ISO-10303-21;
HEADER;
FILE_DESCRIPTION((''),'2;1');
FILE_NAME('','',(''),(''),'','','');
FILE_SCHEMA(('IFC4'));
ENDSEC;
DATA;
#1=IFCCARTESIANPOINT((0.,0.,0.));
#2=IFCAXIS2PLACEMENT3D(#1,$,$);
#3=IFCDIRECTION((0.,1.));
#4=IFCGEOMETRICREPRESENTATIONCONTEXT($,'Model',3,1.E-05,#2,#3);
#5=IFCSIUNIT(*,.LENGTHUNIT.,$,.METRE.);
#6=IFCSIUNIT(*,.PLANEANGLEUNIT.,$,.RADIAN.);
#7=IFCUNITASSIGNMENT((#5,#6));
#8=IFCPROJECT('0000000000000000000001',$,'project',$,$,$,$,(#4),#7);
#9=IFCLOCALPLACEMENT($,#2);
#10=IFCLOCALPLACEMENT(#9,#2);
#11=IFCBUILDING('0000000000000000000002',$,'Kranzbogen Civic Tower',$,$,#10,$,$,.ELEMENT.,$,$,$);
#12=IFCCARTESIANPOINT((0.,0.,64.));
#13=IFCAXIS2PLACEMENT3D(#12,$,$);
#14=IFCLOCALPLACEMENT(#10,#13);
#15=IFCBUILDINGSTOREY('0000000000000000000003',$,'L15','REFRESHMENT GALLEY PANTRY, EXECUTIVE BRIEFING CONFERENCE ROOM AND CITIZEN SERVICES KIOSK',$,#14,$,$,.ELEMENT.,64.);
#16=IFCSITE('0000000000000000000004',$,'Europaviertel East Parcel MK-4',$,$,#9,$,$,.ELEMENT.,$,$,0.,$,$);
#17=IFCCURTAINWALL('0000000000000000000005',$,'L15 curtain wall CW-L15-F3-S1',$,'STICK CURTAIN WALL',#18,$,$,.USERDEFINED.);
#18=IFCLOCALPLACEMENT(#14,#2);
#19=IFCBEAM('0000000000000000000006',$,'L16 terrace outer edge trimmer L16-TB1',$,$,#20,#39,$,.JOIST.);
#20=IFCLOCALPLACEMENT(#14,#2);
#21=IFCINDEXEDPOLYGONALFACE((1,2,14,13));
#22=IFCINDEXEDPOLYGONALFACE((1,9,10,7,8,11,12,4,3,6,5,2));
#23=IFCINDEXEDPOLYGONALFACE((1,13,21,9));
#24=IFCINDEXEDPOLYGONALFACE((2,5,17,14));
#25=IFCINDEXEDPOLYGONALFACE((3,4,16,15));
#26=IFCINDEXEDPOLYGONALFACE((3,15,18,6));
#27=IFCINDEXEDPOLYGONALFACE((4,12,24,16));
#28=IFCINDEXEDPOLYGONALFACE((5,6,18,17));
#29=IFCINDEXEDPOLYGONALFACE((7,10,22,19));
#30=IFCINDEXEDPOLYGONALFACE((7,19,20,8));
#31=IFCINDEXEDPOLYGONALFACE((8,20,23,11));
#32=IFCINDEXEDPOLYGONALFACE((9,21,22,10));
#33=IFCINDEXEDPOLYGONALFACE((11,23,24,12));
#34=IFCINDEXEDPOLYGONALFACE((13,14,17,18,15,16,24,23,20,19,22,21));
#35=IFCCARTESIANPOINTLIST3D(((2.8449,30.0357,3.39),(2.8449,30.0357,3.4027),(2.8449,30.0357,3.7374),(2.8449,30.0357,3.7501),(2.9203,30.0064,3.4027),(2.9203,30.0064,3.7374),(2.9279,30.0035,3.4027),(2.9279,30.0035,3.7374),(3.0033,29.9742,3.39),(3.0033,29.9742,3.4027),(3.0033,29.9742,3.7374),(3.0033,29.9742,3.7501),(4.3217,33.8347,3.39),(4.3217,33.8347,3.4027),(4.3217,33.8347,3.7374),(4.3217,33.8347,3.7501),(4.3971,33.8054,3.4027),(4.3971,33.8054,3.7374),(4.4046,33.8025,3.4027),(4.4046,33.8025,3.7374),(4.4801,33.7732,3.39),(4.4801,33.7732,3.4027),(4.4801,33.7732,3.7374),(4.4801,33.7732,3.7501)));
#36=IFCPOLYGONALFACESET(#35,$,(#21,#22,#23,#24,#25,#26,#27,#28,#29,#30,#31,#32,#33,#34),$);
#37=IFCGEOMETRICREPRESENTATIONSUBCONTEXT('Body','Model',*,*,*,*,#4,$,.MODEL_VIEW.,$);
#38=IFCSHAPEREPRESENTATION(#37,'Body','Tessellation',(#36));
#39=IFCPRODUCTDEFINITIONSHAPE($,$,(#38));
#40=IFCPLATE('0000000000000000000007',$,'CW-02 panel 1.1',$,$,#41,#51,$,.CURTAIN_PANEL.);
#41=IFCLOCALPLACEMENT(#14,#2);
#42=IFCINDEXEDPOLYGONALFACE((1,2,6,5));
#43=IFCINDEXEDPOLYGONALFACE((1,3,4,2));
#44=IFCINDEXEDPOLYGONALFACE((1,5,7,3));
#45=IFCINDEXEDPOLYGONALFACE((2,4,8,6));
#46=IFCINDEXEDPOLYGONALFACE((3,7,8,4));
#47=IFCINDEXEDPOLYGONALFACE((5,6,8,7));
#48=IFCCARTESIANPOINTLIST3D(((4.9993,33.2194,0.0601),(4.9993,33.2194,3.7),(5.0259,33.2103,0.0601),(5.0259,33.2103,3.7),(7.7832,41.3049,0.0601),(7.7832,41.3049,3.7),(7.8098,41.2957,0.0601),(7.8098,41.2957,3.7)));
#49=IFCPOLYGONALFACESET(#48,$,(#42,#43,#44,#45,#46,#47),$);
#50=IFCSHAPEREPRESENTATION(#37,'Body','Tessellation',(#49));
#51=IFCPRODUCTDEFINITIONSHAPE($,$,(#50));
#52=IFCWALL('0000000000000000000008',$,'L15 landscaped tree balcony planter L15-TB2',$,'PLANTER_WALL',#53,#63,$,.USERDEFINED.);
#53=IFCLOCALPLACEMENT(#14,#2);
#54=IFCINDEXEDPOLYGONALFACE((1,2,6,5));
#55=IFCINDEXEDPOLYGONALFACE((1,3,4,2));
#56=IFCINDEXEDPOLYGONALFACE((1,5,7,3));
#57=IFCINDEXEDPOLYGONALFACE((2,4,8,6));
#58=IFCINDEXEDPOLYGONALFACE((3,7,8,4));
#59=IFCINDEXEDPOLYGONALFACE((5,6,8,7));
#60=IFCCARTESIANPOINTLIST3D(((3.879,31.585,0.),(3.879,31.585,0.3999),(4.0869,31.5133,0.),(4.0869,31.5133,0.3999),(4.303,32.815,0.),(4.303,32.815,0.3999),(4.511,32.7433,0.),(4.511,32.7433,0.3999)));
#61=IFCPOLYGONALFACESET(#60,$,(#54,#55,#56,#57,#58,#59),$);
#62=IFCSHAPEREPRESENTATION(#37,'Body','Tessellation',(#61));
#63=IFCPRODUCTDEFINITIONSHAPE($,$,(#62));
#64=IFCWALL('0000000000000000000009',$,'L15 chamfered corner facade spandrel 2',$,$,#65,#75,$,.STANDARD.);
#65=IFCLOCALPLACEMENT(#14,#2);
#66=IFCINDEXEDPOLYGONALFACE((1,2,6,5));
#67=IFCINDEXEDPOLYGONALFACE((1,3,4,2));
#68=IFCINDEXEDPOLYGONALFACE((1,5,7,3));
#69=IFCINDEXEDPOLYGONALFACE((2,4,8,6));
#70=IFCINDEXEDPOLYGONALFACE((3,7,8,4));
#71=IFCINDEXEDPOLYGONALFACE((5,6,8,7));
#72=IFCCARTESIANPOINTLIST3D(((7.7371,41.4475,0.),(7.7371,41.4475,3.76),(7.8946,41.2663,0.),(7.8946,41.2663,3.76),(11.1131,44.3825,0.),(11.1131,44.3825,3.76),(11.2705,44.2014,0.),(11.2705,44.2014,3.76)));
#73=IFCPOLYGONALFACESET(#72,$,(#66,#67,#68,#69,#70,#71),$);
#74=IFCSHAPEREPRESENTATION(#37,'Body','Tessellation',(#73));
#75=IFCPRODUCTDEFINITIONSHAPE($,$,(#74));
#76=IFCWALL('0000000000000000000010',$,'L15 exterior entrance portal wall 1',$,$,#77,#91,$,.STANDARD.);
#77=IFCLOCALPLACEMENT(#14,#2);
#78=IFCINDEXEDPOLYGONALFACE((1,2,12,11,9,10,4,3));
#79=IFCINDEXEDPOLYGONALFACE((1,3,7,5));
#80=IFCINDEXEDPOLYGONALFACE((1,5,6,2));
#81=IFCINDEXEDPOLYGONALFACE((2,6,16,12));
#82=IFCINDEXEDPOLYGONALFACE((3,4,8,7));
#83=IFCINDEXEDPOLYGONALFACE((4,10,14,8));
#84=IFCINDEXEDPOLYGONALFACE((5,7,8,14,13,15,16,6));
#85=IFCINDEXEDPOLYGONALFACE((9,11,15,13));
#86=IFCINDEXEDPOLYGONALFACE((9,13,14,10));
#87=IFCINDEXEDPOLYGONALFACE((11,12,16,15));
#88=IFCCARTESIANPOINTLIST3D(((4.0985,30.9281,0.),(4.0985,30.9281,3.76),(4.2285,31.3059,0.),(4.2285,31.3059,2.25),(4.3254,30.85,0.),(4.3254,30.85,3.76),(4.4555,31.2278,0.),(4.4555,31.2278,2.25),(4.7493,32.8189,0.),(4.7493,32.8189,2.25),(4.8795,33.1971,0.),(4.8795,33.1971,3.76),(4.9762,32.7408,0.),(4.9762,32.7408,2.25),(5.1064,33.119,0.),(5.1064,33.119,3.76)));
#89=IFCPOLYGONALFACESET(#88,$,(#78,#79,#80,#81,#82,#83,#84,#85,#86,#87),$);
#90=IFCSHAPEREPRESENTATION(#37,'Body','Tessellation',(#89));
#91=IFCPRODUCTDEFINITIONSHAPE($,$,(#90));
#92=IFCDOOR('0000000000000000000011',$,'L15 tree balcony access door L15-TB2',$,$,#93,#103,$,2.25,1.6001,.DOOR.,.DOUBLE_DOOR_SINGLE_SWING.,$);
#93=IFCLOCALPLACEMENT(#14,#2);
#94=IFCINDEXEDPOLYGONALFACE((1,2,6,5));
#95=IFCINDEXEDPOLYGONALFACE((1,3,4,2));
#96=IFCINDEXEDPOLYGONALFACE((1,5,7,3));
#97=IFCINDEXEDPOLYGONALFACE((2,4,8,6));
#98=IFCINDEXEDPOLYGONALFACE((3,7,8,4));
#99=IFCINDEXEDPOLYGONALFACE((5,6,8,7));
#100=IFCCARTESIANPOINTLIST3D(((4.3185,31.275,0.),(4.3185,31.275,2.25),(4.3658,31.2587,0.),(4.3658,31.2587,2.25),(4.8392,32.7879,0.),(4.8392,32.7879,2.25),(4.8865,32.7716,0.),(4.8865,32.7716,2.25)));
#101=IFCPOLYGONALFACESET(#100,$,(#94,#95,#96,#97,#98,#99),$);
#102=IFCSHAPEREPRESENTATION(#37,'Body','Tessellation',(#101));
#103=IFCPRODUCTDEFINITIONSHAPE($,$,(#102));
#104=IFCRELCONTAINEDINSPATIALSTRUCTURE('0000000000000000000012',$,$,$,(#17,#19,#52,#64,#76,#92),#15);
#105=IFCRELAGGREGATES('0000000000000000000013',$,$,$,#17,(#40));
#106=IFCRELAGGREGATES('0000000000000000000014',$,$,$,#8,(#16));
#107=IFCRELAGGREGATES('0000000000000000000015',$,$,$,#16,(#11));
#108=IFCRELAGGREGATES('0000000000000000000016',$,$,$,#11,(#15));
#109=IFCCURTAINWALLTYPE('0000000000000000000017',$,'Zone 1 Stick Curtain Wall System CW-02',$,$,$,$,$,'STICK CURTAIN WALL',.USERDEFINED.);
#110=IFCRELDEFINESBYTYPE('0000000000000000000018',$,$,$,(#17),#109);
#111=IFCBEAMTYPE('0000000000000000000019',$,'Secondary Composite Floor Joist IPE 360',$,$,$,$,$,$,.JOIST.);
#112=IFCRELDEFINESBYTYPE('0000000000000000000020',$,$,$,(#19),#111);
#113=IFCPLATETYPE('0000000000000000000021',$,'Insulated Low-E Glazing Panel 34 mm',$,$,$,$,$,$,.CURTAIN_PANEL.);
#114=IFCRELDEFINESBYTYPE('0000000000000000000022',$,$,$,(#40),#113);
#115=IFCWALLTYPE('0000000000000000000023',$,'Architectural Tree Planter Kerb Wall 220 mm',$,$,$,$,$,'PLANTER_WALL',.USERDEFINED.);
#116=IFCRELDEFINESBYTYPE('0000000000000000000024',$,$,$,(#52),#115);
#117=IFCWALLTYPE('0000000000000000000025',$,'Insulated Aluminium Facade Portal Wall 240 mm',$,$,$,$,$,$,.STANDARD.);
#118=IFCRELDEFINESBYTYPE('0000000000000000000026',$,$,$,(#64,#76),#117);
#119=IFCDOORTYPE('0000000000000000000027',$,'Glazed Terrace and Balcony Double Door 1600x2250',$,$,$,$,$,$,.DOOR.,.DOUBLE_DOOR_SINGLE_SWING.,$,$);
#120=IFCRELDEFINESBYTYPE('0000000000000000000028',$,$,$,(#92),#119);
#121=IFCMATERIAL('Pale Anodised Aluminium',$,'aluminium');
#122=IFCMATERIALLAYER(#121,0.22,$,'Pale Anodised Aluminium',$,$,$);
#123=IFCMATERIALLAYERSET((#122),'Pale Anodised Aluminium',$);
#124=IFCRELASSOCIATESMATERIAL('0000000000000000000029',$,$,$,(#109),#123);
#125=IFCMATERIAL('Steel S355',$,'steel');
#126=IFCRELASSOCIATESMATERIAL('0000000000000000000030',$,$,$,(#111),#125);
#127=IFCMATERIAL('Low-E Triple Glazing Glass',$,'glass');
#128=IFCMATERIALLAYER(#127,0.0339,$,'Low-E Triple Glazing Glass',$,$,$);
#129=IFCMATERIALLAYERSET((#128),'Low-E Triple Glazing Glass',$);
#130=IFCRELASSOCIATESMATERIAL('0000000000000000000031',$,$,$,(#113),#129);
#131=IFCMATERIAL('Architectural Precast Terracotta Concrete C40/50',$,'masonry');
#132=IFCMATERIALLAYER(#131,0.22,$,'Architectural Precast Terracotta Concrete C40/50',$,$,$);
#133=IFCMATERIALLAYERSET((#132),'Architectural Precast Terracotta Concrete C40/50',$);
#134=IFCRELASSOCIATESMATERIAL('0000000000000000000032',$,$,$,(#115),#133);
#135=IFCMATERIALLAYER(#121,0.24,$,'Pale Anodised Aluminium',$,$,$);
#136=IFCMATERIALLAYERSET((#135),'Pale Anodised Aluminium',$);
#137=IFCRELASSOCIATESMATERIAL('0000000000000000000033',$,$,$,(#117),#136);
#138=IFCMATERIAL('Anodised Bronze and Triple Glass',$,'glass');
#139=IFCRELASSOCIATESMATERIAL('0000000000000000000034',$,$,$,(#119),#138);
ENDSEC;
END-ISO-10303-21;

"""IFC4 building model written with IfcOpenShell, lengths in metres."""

from ifc_helpers import new_model, si_unit, direction, frame, frame_2d, origin, origin_2d, place, context, subcontext, project, spatial, rectangle, i_section, extrude, material, layer, layer_set, material_profile, profile_set, type_object, element, fill, aggregate, save


model = new_model("IFC4")

# Units and contexts
model_context = context("Model", 3, precision=1e-05, world=origin(), true_north=direction((0.0, 1.0)))
body_context = subcontext(model_context, "Body", "Model", "MODEL_VIEW")
ifc_project = project(units=[si_unit("LENGTHUNIT", "METRE"), si_unit("PLANEANGLEUNIT", "RADIAN")], contexts=[model_context])

# Site, building, storey
site_placement = place(None, origin())
site = spatial("IfcSite", under=ifc_project, at=site_placement, Name="Europaviertel East Parcel MK-4", CompositionType="ELEMENT", RefElevation=0.0)
building_placement = place(site_placement, origin())
building = spatial("IfcBuilding", under=site, at=building_placement, Name="Kranzbogen Civic Tower", CompositionType="ELEMENT")
storey_placement = place(building_placement, frame((0.0, 0.0, 64.0)))
storey = spatial("IfcBuildingStorey", under=building, at=storey_placement, Name="L15", Description="REFRESHMENT GALLEY PANTRY, EXECUTIVE BRIEFING CONFERENCE ROOM AND CITIZEN SERVICES KIOSK", CompositionType="ELEMENT", Elevation=64.0)

# Shared definitions
ifc_material_1 = material(Name="Steel S355", Category="steel")

# Curtain wall
ifc_material_2 = material(Name="Pale Anodised Aluminium", Category="aluminium")
ifc_layer_1 = layer(ifc_material_2, 0.22, Name="Pale Anodised Aluminium")
ifc_layer_set_1 = layer_set([ifc_layer_1], Name="Pale Anodised Aluminium")
curtain_wall_type = type_object("IfcCurtainWallType", Name="Zone 1 Stick Curtain Wall System CW-02", ElementType="STICK CURTAIN WALL", PredefinedType="USERDEFINED", material=ifc_layer_set_1)
curtain_wall_1_placement = place(storey_placement, origin())
curtain_wall_1 = element("IfcCurtainWall", 1, at=curtain_wall_1_placement, inside=storey, type_object=curtain_wall_type, Name="L15 curtain wall CW-L15-F3-S1", ObjectType="STICK CURTAIN WALL", PredefinedType="USERDEFINED")

# Beam
ifc_material_profile_1 = material_profile(ifc_material_1, i_section(OverallWidth=0.1699, OverallDepth=0.3601, WebThickness=0.0081, FlangeThickness=0.0127, at=origin_2d()), Name="IPE 360")
ifc_profile_set_1 = profile_set([ifc_material_profile_1], Name="Steel S355")
beam_type_1 = type_object("IfcBeamType", Name="Secondary Composite Floor Joist IPE 360", PredefinedType="JOIST", material=ifc_profile_set_1)
beam_1_placement = place(storey_placement, frame((4.4009, 33.804, 3.5701), z_axis=(-0.362316, -0.932055, 0.0), x_axis=(0.932055, -0.362316, 0.0)))
element("IfcBeam", 2, at=beam_1_placement, inside=storey, type_object=beam_type_1, Name="L16 terrace outer edge trimmer L16-TB1", PredefinedType="JOIST", context=body_context, shape_type="SweptSolid", body=[
    extrude(i_section(OverallWidth=0.1699, OverallDepth=0.3601, WebThickness=0.0081, FlangeThickness=0.0127, at=origin_2d()), origin(), (0.0, 0.0, 1.0), 4.0759),
])

# Plate
ifc_material_3 = material(Name="Low-E Triple Glazing Glass", Category="glass")
ifc_layer_2 = layer(ifc_material_3, 0.0339, Name="Low-E Triple Glazing Glass")
ifc_layer_set_2 = layer_set([ifc_layer_2], Name="Low-E Triple Glazing Glass")
plate_type = type_object("IfcPlateType", Name="Insulated Low-E Glazing Panel 34 mm", PredefinedType="CURTAIN_PANEL", material=ifc_layer_set_2)
plate_placement = place(storey_placement, frame((6.4045, 37.2576, 0.0601), z_axis=(0.0, 0.0, 1.0), x_axis=(-0.325554, -0.945524, 0.0)))
plate = element("IfcPlate", 3, at=plate_placement, type_object=plate_type, Name="CW-02 panel 1.1", PredefinedType="CURTAIN_PANEL", context=body_context, shape_type="SweptSolid", body=[
    extrude(rectangle(XDim=8.5513, YDim=0.0281, at=origin_2d()), origin(), (0.0, 0.0, 1.0), 3.6399),
])
aggregate(curtain_wall_1, [plate])

# Walls
ifc_material_4 = material(Name="Architectural Precast Terracotta Concrete C40/50", Category="masonry")
ifc_layer_3 = layer(ifc_material_4, 0.22, Name="Architectural Precast Terracotta Concrete C40/50")
ifc_layer_set_3 = layer_set([ifc_layer_3], Name="Architectural Precast Terracotta Concrete C40/50")
wall_type_1 = type_object("IfcWallType", Name="Architectural Tree Planter Kerb Wall 220 mm", ElementType="PLANTER_WALL", PredefinedType="USERDEFINED", material=ifc_layer_set_3)
wall_1_placement = place(storey_placement, frame((4.407, 32.7791, 0.0), z_axis=(0.0, 0.0, 1.0), x_axis=(-0.32595, -0.945387, 0.0)))
element("IfcWall", 4, at=wall_1_placement, inside=storey, type_object=wall_type_1, Name="L15 landscaped tree balcony planter L15-TB2", ObjectType="PLANTER_WALL", PredefinedType="USERDEFINED", context=body_context, shape_type="SweptSolid", body=[
    extrude(rectangle(XDim=1.301, YDim=0.22, at=frame_2d((0.6504, 0.0))), origin(), (0.0, 0.0, 1.0), 0.3999),
])
ifc_layer_4 = layer(ifc_material_2, 0.24, Name="Pale Anodised Aluminium")
ifc_layer_set_4 = layer_set([ifc_layer_4], Name="Pale Anodised Aluminium")
wall_type_2 = type_object("IfcWallType", Name="Insulated Aluminium Facade Portal Wall 240 mm", PredefinedType="STANDARD", material=ifc_layer_set_4)
wall_2_placement = place(storey_placement, frame((11.1919, 44.292, 0.0), z_axis=(0.0, 0.0, 1.0), x_axis=(-0.754669, -0.656106, 0.0)))
element("IfcWall", 5, at=wall_2_placement, inside=storey, type_object=wall_type_2, Name="L15 chamfered corner facade spandrel 2", PredefinedType="STANDARD", context=body_context, shape_type="SweptSolid", body=[
    extrude(rectangle(XDim=4.4734, YDim=0.24, at=frame_2d((2.2368, 0.0))), origin(), (0.0, 0.0, 1.0), 3.76),
])

# Wall, opening, door
wall_3_placement = place(storey_placement, frame((4.9929, 33.158, 0.0), z_axis=(0.0, 0.0, 1.0), x_axis=(-0.325461, -0.945556, 0.0)))
wall_3 = element("IfcWall", 6, at=wall_3_placement, inside=storey, type_object=wall_type_2, Name="L15 exterior entrance portal wall 1", PredefinedType="STANDARD", context=body_context, shape_type="SweptSolid", body=[
    extrude(rectangle(XDim=2.3997, YDim=0.24, at=frame_2d((1.1997, 0.0))), origin(), (0.0, 0.0, 1.0), 3.76),
])
opening_placement = place(wall_3_placement, frame((0.3999, 0.0, 0.0)))
opening = element("IfcOpeningElement", 7, at=opening_placement, cuts=wall_3, PredefinedType="OPENING", context=body_context, shape_type="SweptSolid", body=[
    extrude(rectangle(XDim=1.6001, YDim=2.25, at=frame_2d((0.8, 1.125))), frame((0.0, 0.1299, 0.0), z_axis=(0.0, -1.0, 0.0), x_axis=(1.0, 0.0, 0.0)), (0.0, 0.0, 1.0), 0.26),
])
ifc_material_5 = material(Name="Anodised Bronze and Triple Glass", Category="glass")
door_type = type_object("IfcDoorType", Name="Glazed Terrace and Balcony Double Door 1600x2250", OperationType="DOUBLE_DOOR_SINGLE_SWING", PredefinedType="DOOR", material=ifc_material_5)
door_placement = place(opening_placement, frame((1.6001, 0.0, 0.0), z_axis=(0.0, 0.0, 1.0), x_axis=(-1.0, 0.0, 0.0)))
door = element("IfcDoor", 8, at=door_placement, inside=storey, type_object=door_type, Name="L15 tree balcony access door L15-TB2", OperationType="DOUBLE_DOOR_SINGLE_SWING", OverallHeight=2.25, OverallWidth=1.6001, PredefinedType="DOOR", context=body_context, shape_type="SweptSolid", body=[
    extrude(rectangle(XDim=1.6001, YDim=2.25, at=frame_2d((0.8, 1.125))), frame((0.0, 0.0249, 0.0), z_axis=(0.0, -1.0, 0.0), x_axis=(1.0, 0.0, 0.0)), (0.0, 0.0, 1.0), 0.05),
])
fill(opening, door)

save(model, "model.ifc")
